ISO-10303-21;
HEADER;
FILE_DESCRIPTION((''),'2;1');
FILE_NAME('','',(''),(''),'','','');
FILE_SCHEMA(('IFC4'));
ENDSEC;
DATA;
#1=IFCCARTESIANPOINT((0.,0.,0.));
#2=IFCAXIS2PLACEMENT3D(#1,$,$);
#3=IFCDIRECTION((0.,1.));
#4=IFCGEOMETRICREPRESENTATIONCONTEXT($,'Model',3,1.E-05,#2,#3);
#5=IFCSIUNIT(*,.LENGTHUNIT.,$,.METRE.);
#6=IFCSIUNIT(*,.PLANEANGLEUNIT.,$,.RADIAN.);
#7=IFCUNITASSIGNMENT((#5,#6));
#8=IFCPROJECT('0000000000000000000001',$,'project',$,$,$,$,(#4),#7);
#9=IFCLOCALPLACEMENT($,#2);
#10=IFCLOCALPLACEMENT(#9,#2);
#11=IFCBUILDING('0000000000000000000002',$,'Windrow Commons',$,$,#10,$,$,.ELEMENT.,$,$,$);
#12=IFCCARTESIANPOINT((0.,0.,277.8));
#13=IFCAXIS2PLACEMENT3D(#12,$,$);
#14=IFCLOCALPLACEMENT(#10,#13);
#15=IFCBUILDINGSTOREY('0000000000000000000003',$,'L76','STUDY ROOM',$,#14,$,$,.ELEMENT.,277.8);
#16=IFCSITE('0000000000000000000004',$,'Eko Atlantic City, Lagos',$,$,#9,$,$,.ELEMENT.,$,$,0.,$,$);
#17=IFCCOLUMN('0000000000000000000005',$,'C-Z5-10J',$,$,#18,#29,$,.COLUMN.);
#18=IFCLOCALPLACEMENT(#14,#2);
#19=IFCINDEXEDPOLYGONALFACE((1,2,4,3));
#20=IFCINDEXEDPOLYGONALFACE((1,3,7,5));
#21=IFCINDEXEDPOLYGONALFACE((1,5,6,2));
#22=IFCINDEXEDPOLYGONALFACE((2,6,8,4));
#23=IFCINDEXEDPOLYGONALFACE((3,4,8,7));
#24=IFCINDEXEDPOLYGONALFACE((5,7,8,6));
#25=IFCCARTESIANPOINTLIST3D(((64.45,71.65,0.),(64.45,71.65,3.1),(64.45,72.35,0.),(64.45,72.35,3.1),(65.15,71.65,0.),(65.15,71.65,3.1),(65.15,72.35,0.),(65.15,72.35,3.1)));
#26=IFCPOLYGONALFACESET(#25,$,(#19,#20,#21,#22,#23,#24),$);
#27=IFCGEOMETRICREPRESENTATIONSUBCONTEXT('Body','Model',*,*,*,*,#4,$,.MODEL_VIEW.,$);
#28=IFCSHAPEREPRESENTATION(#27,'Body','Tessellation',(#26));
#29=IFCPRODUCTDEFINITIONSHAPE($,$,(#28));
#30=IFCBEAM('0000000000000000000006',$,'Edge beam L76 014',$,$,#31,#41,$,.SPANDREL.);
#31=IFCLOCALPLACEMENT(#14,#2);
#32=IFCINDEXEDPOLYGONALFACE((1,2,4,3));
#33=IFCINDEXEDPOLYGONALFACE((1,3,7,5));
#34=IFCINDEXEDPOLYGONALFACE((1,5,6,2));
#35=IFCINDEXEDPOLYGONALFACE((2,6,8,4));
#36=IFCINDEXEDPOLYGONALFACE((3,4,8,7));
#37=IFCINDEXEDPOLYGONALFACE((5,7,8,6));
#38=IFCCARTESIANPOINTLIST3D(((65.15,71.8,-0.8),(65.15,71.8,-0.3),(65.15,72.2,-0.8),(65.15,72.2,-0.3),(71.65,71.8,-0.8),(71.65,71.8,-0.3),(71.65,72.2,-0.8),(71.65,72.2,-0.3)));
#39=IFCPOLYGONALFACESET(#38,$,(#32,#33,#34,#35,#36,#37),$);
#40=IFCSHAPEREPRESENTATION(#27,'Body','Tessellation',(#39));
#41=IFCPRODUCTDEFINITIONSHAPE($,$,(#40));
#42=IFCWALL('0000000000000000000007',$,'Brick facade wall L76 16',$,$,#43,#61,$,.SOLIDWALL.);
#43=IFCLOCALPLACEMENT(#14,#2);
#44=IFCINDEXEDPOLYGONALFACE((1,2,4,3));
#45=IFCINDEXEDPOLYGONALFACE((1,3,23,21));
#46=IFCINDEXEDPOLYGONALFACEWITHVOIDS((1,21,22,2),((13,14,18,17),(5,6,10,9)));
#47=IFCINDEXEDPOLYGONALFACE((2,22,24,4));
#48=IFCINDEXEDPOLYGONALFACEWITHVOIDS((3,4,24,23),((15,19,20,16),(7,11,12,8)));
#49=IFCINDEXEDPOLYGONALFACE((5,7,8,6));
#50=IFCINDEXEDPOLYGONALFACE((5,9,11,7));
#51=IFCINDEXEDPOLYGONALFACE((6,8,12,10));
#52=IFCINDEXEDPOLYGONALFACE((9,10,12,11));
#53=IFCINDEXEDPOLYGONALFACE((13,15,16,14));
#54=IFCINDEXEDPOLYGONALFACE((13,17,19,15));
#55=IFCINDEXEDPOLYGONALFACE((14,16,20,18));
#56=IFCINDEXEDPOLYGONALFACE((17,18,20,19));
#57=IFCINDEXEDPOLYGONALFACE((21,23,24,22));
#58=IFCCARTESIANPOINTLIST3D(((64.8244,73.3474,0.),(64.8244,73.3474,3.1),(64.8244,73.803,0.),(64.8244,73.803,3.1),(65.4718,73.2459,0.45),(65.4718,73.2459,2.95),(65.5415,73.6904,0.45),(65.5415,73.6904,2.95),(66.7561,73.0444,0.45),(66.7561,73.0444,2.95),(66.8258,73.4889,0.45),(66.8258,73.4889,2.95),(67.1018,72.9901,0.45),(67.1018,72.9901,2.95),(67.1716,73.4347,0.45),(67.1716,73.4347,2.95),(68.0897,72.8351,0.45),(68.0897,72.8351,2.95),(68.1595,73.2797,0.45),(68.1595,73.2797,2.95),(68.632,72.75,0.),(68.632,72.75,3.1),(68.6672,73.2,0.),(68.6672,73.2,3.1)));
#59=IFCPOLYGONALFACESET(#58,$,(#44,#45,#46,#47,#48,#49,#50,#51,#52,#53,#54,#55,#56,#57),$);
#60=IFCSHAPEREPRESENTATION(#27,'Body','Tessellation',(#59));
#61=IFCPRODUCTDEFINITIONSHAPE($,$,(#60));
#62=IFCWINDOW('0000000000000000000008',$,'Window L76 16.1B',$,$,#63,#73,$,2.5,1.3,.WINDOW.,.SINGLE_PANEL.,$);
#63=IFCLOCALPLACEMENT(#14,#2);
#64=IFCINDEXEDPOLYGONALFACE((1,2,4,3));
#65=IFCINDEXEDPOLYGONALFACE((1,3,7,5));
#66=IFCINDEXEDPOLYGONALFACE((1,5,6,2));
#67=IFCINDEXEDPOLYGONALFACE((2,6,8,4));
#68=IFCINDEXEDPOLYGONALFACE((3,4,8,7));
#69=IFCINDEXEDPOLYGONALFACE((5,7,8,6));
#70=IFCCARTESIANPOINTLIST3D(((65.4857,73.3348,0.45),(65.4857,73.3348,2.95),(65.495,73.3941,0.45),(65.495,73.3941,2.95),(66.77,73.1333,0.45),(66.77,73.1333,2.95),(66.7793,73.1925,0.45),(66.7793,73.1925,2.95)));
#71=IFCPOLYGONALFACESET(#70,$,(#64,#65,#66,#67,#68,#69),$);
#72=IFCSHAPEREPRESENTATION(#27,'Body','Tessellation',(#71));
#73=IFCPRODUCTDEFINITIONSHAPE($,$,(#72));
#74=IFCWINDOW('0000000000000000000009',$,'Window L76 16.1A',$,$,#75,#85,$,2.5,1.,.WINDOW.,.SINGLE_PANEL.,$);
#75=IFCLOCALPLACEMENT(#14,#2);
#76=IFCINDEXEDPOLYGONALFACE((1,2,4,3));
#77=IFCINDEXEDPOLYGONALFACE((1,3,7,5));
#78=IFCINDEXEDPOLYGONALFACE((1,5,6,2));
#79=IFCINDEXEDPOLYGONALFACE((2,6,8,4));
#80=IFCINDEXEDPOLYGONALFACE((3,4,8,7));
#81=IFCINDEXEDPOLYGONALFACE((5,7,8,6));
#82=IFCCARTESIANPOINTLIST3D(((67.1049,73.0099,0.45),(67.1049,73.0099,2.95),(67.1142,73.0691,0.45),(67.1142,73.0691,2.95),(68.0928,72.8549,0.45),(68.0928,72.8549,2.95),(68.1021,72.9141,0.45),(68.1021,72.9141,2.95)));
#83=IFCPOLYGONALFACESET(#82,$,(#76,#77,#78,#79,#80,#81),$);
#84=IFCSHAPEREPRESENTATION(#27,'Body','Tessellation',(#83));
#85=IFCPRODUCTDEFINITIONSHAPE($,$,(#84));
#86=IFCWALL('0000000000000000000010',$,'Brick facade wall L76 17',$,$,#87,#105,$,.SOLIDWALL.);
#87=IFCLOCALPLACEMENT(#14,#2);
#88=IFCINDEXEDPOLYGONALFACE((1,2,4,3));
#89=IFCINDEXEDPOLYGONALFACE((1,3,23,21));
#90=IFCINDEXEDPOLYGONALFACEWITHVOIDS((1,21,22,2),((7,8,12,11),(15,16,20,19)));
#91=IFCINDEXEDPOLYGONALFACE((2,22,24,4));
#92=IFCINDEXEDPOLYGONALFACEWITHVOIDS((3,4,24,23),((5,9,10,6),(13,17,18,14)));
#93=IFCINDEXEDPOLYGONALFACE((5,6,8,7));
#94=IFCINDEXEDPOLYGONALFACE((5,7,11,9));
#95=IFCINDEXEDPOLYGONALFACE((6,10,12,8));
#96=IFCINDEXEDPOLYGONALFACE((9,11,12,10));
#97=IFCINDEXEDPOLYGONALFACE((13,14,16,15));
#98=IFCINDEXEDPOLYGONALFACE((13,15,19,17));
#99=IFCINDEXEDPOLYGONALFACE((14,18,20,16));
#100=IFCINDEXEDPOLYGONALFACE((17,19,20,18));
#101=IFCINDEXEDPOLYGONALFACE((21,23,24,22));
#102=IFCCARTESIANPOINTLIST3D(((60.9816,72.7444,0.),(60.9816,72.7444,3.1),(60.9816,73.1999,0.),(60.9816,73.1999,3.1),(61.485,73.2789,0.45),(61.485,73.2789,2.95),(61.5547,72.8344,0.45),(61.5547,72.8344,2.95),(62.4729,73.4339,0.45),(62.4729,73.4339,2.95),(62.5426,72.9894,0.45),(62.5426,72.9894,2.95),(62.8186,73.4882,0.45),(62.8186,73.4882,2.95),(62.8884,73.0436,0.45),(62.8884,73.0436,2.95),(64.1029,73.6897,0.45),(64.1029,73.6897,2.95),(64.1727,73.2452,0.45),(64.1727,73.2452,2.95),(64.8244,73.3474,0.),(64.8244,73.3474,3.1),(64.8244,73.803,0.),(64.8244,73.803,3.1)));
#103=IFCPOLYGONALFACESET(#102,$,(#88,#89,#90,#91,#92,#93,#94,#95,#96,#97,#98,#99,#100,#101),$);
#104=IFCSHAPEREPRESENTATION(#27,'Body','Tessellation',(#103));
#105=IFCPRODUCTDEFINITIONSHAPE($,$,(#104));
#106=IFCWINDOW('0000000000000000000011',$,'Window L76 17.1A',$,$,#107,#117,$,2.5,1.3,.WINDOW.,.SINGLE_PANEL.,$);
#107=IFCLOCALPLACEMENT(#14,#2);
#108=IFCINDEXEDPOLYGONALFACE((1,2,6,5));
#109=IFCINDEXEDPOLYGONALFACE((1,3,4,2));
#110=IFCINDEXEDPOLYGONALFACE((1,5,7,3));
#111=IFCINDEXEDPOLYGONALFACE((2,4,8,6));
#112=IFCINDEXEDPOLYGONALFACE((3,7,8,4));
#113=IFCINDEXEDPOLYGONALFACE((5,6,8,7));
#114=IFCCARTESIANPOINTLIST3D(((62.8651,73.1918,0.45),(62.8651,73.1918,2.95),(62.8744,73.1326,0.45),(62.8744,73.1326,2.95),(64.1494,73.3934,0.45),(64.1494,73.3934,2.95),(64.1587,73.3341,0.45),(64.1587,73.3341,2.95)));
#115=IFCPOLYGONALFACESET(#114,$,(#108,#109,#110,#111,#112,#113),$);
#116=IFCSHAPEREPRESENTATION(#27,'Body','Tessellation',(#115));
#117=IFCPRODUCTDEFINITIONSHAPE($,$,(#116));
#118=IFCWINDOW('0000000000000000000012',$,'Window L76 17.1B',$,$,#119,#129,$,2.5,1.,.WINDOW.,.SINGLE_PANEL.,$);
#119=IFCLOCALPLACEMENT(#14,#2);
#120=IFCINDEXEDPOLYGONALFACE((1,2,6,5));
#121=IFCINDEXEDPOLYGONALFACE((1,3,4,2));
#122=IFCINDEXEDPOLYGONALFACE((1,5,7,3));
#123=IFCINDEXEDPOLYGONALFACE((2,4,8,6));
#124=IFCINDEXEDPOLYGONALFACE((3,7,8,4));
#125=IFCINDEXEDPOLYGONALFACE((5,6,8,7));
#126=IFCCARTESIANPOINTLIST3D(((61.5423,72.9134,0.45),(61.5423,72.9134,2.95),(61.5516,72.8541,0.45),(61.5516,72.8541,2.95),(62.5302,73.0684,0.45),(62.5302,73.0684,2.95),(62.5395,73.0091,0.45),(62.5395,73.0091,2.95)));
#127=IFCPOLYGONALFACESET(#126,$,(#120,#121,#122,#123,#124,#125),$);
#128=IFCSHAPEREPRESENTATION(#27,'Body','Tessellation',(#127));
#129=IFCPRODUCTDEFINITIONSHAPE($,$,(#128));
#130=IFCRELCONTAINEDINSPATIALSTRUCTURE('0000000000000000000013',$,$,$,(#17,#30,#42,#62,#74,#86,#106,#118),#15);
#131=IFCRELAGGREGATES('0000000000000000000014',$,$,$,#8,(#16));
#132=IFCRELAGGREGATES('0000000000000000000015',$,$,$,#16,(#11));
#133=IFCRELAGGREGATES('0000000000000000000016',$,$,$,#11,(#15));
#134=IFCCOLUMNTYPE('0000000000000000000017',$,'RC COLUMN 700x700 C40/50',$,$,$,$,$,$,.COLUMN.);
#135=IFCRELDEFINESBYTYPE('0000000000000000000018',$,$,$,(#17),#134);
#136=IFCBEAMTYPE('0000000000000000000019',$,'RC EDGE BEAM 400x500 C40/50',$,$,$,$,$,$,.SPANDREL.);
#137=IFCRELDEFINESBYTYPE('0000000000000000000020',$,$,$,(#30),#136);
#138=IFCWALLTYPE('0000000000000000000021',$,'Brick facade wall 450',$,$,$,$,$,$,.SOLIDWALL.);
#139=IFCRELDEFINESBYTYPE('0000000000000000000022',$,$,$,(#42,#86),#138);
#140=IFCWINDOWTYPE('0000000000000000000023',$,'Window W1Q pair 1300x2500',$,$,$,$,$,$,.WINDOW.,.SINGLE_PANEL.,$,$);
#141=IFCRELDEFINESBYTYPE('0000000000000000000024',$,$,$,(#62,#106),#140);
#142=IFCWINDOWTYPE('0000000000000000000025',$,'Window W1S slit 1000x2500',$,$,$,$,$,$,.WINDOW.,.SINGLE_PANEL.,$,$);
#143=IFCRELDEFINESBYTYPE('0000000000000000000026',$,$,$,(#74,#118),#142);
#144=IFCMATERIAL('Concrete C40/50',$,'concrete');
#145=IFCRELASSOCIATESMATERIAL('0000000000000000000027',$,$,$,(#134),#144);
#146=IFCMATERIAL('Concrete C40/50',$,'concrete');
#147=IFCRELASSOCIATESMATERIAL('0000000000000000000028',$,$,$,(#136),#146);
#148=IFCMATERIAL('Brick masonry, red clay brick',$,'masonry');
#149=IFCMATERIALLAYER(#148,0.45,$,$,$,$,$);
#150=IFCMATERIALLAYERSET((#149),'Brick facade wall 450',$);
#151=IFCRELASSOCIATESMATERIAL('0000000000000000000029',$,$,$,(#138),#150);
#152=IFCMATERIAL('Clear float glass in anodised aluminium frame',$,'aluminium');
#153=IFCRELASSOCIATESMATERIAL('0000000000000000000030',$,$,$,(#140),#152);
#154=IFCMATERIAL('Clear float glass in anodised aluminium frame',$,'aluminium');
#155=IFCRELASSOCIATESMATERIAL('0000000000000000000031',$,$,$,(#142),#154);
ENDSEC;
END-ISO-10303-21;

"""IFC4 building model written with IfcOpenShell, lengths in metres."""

from ifc_helpers import new_model, si_unit, direction, frame, frame_2d, origin, origin_2d, place, context, subcontext, project, spatial, polyline, rectangle, outline, extrude, material, layer, layer_set, material_profile, profile_set, type_object, element, fill, save


model = new_model("IFC4")

# Units and contexts
model_context = context("Model", 3, precision=1e-05, world=origin(), true_north=direction((0.0, 1.0)))
body_context = subcontext(model_context, "Body", "Model", "MODEL_VIEW")
ifc_project = project(units=[si_unit("LENGTHUNIT", "METRE"), si_unit("PLANEANGLEUNIT", "RADIAN")], contexts=[model_context])

# Site, building, storey
site_placement = place(None, origin())
site = spatial("IfcSite", under=ifc_project, at=site_placement, Name="Eko Atlantic City, Lagos", CompositionType="ELEMENT", RefElevation=0.0)
building_placement = place(site_placement, origin())
building = spatial("IfcBuilding", under=site, at=building_placement, Name="Windrow Commons", CompositionType="ELEMENT")
storey_placement = place(building_placement, frame((0.0, 0.0, 277.8)))
storey = spatial("IfcBuildingStorey", under=building, at=storey_placement, Name="L76", Description="STUDY ROOM", CompositionType="ELEMENT", Elevation=277.8)

# Column
ifc_material_1 = material(Name="Concrete C40/50", Category="concrete")
ifc_material_profile_1 = material_profile(ifc_material_1, rectangle(XDim=0.7, YDim=0.7, at=origin_2d()))
ifc_profile_set_1 = profile_set([ifc_material_profile_1], Name="Concrete C40/50")
column_type = type_object("IfcColumnType", Name="RC COLUMN 700x700 C40/50", PredefinedType="COLUMN", material=ifc_profile_set_1)
column_placement = place(storey_placement, frame((64.8, 72.0, 0.0), z_axis=(0.0, 0.0, 1.0), x_axis=(1.0, 0.0, 0.0)))
element("IfcColumn", 1, at=column_placement, inside=storey, type_object=column_type, Name="C-Z5-10J", PredefinedType="COLUMN", context=body_context, shape_type="SweptSolid", body=[
    extrude(rectangle(XDim=0.7, YDim=0.7, at=origin_2d()), origin(), (0.0, 0.0, 1.0), 3.1),
])

# Beam
ifc_material_2 = material(Name="Concrete C40/50", Category="concrete")
ifc_material_profile_2 = material_profile(ifc_material_2, rectangle(XDim=0.4, YDim=0.5, at=origin_2d()))
ifc_profile_set_2 = profile_set([ifc_material_profile_2], Name="Concrete C40/50")
beam_type = type_object("IfcBeamType", Name="RC EDGE BEAM 400x500 C40/50", PredefinedType="SPANDREL", material=ifc_profile_set_2)
beam_placement = place(storey_placement, frame((65.15, 72.0, -0.55), z_axis=(1.0, 0.0, 0.0), x_axis=(0.0, 1.0, 0.0)))
element("IfcBeam", 2, at=beam_placement, inside=storey, type_object=beam_type, Name="Edge beam L76 014", PredefinedType="SPANDREL", context=body_context, shape_type="SweptSolid", body=[
    extrude(rectangle(XDim=0.4, YDim=0.5, at=origin_2d()), origin(), (0.0, 0.0, 1.0), 6.5),
])

# Walls, openings, windows
ifc_material_3 = material(Name="Brick masonry, red clay brick", Category="masonry")
ifc_layer_1 = layer(ifc_material_3, 0.45)
ifc_layer_set_1 = layer_set([ifc_layer_1], Name="Brick facade wall 450")
wall_type_1 = type_object("IfcWallType", Name="Brick facade wall 450", PredefinedType="SOLIDWALL", material=ifc_layer_set_1)
wall_1_placement = place(storey_placement, frame((68.6496, 72.975, 0.0), z_axis=(0.0, 0.0, 1.0), x_axis=(-0.987913, 0.15501, 0.0)))
wall_1 = element("IfcWall", 3, at=wall_1_placement, inside=storey, type_object=wall_type_1, Name="Brick facade wall L76 16", PredefinedType="SOLIDWALL", context=body_context, shape_type="SweptSolid", body=[
    extrude(outline(polyline([(0.0175, -0.225), (3.9073, -0.225), (3.8367, 0.225), (-0.0175, 0.225), (0.0175, -0.225)])), origin(), (0.0, 0.0, 1.0), 3.1),
])
opening_1_placement = place(wall_1_placement, frame((0.5314, 0.0, 0.45)))
opening_1 = element("IfcOpeningElement", 4, at=opening_1_placement, cuts=wall_1, PredefinedType="OPENING", context=body_context, shape_type="SweptSolid", body=[
    extrude(rectangle(XDim=1.0, YDim=2.5, at=frame_2d((0.5, 1.25))), frame((0.0, 0.235, 0.0), z_axis=(0.0, -1.0, 0.0), x_axis=(1.0, 0.0, 0.0)), (0.0, 0.0, 1.0), 0.47),
])
opening_2_placement = place(wall_1_placement, frame((1.8814, 0.0, 0.45)))
opening_2 = element("IfcOpeningElement", 5, at=opening_2_placement, cuts=wall_1, PredefinedType="OPENING", context=body_context, shape_type="SweptSolid", body=[
    extrude(rectangle(XDim=1.3, YDim=2.5, at=frame_2d((0.65, 1.25))), frame((0.0, 0.235, 0.0), z_axis=(0.0, -1.0, 0.0), x_axis=(1.0, 0.0, 0.0)), (0.0, 0.0, 1.0), 0.47),
])
ifc_material_4 = material(Name="Clear float glass in anodised aluminium frame", Category="aluminium")
window_type_1 = type_object("IfcWindowType", Name="Window W1Q pair 1300x2500", PartitioningType="SINGLE_PANEL", PredefinedType="WINDOW", material=ifc_material_4)
window_1_placement = place(opening_2_placement, origin())
window_1 = element("IfcWindow", 6, at=window_1_placement, inside=storey, type_object=window_type_1, Name="Window L76 16.1B", OverallHeight=2.5, OverallWidth=1.3, PartitioningType="SINGLE_PANEL", PredefinedType="WINDOW", context=body_context, shape_type="SweptSolid", body=[
    extrude(rectangle(XDim=1.3, YDim=2.5, at=frame_2d((0.65, 1.25))), frame((0.0, 0.135, 0.0), z_axis=(0.0, -1.0, 0.0), x_axis=(1.0, 0.0, 0.0)), (0.0, 0.0, 1.0), 0.06),
])
fill(opening_2, window_1)
ifc_material_5 = material(Name="Clear float glass in anodised aluminium frame", Category="aluminium")
window_type_2 = type_object("IfcWindowType", Name="Window W1S slit 1000x2500", PartitioningType="SINGLE_PANEL", PredefinedType="WINDOW", material=ifc_material_5)
window_2_placement = place(opening_1_placement, origin())
window_2 = element("IfcWindow", 7, at=window_2_placement, inside=storey, type_object=window_type_2, Name="Window L76 16.1A", OverallHeight=2.5, OverallWidth=1.0, PartitioningType="SINGLE_PANEL", PredefinedType="WINDOW", context=body_context, shape_type="SweptSolid", body=[
    extrude(rectangle(XDim=1.0, YDim=2.5, at=frame_2d((0.5, 1.25))), frame((0.0, 0.205, 0.0), z_axis=(0.0, -1.0, 0.0), x_axis=(1.0, 0.0, 0.0)), (0.0, 0.0, 1.0), 0.06),
])
fill(opening_1, window_2)
wall_2_placement = place(storey_placement, frame((64.8244, 73.5752, 0.0), z_axis=(0.0, 0.0, 1.0), x_axis=(-0.987911, -0.155024, 0.0)))
wall_2 = element("IfcWall", 8, at=wall_2_placement, inside=storey, type_object=wall_type_1, Name="Brick facade wall L76 17", PredefinedType="SOLIDWALL", context=body_context, shape_type="SweptSolid", body=[
    extrude(outline(polyline([(-0.0353, -0.225), (3.8545, -0.225), (3.9251, 0.225), (0.0353, 0.225), (-0.0353, -0.225)])), origin(), (0.0, 0.0, 1.0), 3.1),
])
opening_3_placement = place(wall_2_placement, frame((0.695, 0.0, 0.45)))
opening_3 = element("IfcOpeningElement", 9, at=opening_3_placement, cuts=wall_2, PredefinedType="OPENING", context=body_context, shape_type="SweptSolid", body=[
    extrude(rectangle(XDim=1.3, YDim=2.5, at=frame_2d((0.65, 1.25))), frame((0.0, 0.235, 0.0), z_axis=(0.0, -1.0, 0.0), x_axis=(1.0, 0.0, 0.0)), (0.0, 0.0, 1.0), 0.47),
])
opening_4_placement = place(wall_2_placement, frame((2.345, 0.0, 0.45)))
opening_4 = element("IfcOpeningElement", 10, at=opening_4_placement, cuts=wall_2, PredefinedType="OPENING", context=body_context, shape_type="SweptSolid", body=[
    extrude(rectangle(XDim=1.0, YDim=2.5, at=frame_2d((0.5, 1.25))), frame((0.0, 0.235, 0.0), z_axis=(0.0, -1.0, 0.0), x_axis=(1.0, 0.0, 0.0)), (0.0, 0.0, 1.0), 0.47),
])
window_3_placement = place(opening_3_placement, origin())
window_3 = element("IfcWindow", 11, at=window_3_placement, inside=storey, type_object=window_type_1, Name="Window L76 17.1A", OverallHeight=2.5, OverallWidth=1.3, PartitioningType="SINGLE_PANEL", PredefinedType="WINDOW", context=body_context, shape_type="SweptSolid", body=[
    extrude(rectangle(XDim=1.3, YDim=2.5, at=frame_2d((0.65, 1.25))), frame((0.0, 0.135, 0.0), z_axis=(0.0, -1.0, 0.0), x_axis=(1.0, 0.0, 0.0)), (0.0, 0.0, 1.0), 0.06),
])
fill(opening_3, window_3)
window_4_placement = place(opening_4_placement, origin())
window_4 = element("IfcWindow", 12, at=window_4_placement, inside=storey, type_object=window_type_2, Name="Window L76 17.1B", OverallHeight=2.5, OverallWidth=1.0, PartitioningType="SINGLE_PANEL", PredefinedType="WINDOW", context=body_context, shape_type="SweptSolid", body=[
    extrude(rectangle(XDim=1.0, YDim=2.5, at=frame_2d((0.5, 1.25))), frame((0.0, 0.205, 0.0), z_axis=(0.0, -1.0, 0.0), x_axis=(1.0, 0.0, 0.0)), (0.0, 0.0, 1.0), 0.06),
])
fill(opening_4, window_4)

save(model, "model.ifc")
